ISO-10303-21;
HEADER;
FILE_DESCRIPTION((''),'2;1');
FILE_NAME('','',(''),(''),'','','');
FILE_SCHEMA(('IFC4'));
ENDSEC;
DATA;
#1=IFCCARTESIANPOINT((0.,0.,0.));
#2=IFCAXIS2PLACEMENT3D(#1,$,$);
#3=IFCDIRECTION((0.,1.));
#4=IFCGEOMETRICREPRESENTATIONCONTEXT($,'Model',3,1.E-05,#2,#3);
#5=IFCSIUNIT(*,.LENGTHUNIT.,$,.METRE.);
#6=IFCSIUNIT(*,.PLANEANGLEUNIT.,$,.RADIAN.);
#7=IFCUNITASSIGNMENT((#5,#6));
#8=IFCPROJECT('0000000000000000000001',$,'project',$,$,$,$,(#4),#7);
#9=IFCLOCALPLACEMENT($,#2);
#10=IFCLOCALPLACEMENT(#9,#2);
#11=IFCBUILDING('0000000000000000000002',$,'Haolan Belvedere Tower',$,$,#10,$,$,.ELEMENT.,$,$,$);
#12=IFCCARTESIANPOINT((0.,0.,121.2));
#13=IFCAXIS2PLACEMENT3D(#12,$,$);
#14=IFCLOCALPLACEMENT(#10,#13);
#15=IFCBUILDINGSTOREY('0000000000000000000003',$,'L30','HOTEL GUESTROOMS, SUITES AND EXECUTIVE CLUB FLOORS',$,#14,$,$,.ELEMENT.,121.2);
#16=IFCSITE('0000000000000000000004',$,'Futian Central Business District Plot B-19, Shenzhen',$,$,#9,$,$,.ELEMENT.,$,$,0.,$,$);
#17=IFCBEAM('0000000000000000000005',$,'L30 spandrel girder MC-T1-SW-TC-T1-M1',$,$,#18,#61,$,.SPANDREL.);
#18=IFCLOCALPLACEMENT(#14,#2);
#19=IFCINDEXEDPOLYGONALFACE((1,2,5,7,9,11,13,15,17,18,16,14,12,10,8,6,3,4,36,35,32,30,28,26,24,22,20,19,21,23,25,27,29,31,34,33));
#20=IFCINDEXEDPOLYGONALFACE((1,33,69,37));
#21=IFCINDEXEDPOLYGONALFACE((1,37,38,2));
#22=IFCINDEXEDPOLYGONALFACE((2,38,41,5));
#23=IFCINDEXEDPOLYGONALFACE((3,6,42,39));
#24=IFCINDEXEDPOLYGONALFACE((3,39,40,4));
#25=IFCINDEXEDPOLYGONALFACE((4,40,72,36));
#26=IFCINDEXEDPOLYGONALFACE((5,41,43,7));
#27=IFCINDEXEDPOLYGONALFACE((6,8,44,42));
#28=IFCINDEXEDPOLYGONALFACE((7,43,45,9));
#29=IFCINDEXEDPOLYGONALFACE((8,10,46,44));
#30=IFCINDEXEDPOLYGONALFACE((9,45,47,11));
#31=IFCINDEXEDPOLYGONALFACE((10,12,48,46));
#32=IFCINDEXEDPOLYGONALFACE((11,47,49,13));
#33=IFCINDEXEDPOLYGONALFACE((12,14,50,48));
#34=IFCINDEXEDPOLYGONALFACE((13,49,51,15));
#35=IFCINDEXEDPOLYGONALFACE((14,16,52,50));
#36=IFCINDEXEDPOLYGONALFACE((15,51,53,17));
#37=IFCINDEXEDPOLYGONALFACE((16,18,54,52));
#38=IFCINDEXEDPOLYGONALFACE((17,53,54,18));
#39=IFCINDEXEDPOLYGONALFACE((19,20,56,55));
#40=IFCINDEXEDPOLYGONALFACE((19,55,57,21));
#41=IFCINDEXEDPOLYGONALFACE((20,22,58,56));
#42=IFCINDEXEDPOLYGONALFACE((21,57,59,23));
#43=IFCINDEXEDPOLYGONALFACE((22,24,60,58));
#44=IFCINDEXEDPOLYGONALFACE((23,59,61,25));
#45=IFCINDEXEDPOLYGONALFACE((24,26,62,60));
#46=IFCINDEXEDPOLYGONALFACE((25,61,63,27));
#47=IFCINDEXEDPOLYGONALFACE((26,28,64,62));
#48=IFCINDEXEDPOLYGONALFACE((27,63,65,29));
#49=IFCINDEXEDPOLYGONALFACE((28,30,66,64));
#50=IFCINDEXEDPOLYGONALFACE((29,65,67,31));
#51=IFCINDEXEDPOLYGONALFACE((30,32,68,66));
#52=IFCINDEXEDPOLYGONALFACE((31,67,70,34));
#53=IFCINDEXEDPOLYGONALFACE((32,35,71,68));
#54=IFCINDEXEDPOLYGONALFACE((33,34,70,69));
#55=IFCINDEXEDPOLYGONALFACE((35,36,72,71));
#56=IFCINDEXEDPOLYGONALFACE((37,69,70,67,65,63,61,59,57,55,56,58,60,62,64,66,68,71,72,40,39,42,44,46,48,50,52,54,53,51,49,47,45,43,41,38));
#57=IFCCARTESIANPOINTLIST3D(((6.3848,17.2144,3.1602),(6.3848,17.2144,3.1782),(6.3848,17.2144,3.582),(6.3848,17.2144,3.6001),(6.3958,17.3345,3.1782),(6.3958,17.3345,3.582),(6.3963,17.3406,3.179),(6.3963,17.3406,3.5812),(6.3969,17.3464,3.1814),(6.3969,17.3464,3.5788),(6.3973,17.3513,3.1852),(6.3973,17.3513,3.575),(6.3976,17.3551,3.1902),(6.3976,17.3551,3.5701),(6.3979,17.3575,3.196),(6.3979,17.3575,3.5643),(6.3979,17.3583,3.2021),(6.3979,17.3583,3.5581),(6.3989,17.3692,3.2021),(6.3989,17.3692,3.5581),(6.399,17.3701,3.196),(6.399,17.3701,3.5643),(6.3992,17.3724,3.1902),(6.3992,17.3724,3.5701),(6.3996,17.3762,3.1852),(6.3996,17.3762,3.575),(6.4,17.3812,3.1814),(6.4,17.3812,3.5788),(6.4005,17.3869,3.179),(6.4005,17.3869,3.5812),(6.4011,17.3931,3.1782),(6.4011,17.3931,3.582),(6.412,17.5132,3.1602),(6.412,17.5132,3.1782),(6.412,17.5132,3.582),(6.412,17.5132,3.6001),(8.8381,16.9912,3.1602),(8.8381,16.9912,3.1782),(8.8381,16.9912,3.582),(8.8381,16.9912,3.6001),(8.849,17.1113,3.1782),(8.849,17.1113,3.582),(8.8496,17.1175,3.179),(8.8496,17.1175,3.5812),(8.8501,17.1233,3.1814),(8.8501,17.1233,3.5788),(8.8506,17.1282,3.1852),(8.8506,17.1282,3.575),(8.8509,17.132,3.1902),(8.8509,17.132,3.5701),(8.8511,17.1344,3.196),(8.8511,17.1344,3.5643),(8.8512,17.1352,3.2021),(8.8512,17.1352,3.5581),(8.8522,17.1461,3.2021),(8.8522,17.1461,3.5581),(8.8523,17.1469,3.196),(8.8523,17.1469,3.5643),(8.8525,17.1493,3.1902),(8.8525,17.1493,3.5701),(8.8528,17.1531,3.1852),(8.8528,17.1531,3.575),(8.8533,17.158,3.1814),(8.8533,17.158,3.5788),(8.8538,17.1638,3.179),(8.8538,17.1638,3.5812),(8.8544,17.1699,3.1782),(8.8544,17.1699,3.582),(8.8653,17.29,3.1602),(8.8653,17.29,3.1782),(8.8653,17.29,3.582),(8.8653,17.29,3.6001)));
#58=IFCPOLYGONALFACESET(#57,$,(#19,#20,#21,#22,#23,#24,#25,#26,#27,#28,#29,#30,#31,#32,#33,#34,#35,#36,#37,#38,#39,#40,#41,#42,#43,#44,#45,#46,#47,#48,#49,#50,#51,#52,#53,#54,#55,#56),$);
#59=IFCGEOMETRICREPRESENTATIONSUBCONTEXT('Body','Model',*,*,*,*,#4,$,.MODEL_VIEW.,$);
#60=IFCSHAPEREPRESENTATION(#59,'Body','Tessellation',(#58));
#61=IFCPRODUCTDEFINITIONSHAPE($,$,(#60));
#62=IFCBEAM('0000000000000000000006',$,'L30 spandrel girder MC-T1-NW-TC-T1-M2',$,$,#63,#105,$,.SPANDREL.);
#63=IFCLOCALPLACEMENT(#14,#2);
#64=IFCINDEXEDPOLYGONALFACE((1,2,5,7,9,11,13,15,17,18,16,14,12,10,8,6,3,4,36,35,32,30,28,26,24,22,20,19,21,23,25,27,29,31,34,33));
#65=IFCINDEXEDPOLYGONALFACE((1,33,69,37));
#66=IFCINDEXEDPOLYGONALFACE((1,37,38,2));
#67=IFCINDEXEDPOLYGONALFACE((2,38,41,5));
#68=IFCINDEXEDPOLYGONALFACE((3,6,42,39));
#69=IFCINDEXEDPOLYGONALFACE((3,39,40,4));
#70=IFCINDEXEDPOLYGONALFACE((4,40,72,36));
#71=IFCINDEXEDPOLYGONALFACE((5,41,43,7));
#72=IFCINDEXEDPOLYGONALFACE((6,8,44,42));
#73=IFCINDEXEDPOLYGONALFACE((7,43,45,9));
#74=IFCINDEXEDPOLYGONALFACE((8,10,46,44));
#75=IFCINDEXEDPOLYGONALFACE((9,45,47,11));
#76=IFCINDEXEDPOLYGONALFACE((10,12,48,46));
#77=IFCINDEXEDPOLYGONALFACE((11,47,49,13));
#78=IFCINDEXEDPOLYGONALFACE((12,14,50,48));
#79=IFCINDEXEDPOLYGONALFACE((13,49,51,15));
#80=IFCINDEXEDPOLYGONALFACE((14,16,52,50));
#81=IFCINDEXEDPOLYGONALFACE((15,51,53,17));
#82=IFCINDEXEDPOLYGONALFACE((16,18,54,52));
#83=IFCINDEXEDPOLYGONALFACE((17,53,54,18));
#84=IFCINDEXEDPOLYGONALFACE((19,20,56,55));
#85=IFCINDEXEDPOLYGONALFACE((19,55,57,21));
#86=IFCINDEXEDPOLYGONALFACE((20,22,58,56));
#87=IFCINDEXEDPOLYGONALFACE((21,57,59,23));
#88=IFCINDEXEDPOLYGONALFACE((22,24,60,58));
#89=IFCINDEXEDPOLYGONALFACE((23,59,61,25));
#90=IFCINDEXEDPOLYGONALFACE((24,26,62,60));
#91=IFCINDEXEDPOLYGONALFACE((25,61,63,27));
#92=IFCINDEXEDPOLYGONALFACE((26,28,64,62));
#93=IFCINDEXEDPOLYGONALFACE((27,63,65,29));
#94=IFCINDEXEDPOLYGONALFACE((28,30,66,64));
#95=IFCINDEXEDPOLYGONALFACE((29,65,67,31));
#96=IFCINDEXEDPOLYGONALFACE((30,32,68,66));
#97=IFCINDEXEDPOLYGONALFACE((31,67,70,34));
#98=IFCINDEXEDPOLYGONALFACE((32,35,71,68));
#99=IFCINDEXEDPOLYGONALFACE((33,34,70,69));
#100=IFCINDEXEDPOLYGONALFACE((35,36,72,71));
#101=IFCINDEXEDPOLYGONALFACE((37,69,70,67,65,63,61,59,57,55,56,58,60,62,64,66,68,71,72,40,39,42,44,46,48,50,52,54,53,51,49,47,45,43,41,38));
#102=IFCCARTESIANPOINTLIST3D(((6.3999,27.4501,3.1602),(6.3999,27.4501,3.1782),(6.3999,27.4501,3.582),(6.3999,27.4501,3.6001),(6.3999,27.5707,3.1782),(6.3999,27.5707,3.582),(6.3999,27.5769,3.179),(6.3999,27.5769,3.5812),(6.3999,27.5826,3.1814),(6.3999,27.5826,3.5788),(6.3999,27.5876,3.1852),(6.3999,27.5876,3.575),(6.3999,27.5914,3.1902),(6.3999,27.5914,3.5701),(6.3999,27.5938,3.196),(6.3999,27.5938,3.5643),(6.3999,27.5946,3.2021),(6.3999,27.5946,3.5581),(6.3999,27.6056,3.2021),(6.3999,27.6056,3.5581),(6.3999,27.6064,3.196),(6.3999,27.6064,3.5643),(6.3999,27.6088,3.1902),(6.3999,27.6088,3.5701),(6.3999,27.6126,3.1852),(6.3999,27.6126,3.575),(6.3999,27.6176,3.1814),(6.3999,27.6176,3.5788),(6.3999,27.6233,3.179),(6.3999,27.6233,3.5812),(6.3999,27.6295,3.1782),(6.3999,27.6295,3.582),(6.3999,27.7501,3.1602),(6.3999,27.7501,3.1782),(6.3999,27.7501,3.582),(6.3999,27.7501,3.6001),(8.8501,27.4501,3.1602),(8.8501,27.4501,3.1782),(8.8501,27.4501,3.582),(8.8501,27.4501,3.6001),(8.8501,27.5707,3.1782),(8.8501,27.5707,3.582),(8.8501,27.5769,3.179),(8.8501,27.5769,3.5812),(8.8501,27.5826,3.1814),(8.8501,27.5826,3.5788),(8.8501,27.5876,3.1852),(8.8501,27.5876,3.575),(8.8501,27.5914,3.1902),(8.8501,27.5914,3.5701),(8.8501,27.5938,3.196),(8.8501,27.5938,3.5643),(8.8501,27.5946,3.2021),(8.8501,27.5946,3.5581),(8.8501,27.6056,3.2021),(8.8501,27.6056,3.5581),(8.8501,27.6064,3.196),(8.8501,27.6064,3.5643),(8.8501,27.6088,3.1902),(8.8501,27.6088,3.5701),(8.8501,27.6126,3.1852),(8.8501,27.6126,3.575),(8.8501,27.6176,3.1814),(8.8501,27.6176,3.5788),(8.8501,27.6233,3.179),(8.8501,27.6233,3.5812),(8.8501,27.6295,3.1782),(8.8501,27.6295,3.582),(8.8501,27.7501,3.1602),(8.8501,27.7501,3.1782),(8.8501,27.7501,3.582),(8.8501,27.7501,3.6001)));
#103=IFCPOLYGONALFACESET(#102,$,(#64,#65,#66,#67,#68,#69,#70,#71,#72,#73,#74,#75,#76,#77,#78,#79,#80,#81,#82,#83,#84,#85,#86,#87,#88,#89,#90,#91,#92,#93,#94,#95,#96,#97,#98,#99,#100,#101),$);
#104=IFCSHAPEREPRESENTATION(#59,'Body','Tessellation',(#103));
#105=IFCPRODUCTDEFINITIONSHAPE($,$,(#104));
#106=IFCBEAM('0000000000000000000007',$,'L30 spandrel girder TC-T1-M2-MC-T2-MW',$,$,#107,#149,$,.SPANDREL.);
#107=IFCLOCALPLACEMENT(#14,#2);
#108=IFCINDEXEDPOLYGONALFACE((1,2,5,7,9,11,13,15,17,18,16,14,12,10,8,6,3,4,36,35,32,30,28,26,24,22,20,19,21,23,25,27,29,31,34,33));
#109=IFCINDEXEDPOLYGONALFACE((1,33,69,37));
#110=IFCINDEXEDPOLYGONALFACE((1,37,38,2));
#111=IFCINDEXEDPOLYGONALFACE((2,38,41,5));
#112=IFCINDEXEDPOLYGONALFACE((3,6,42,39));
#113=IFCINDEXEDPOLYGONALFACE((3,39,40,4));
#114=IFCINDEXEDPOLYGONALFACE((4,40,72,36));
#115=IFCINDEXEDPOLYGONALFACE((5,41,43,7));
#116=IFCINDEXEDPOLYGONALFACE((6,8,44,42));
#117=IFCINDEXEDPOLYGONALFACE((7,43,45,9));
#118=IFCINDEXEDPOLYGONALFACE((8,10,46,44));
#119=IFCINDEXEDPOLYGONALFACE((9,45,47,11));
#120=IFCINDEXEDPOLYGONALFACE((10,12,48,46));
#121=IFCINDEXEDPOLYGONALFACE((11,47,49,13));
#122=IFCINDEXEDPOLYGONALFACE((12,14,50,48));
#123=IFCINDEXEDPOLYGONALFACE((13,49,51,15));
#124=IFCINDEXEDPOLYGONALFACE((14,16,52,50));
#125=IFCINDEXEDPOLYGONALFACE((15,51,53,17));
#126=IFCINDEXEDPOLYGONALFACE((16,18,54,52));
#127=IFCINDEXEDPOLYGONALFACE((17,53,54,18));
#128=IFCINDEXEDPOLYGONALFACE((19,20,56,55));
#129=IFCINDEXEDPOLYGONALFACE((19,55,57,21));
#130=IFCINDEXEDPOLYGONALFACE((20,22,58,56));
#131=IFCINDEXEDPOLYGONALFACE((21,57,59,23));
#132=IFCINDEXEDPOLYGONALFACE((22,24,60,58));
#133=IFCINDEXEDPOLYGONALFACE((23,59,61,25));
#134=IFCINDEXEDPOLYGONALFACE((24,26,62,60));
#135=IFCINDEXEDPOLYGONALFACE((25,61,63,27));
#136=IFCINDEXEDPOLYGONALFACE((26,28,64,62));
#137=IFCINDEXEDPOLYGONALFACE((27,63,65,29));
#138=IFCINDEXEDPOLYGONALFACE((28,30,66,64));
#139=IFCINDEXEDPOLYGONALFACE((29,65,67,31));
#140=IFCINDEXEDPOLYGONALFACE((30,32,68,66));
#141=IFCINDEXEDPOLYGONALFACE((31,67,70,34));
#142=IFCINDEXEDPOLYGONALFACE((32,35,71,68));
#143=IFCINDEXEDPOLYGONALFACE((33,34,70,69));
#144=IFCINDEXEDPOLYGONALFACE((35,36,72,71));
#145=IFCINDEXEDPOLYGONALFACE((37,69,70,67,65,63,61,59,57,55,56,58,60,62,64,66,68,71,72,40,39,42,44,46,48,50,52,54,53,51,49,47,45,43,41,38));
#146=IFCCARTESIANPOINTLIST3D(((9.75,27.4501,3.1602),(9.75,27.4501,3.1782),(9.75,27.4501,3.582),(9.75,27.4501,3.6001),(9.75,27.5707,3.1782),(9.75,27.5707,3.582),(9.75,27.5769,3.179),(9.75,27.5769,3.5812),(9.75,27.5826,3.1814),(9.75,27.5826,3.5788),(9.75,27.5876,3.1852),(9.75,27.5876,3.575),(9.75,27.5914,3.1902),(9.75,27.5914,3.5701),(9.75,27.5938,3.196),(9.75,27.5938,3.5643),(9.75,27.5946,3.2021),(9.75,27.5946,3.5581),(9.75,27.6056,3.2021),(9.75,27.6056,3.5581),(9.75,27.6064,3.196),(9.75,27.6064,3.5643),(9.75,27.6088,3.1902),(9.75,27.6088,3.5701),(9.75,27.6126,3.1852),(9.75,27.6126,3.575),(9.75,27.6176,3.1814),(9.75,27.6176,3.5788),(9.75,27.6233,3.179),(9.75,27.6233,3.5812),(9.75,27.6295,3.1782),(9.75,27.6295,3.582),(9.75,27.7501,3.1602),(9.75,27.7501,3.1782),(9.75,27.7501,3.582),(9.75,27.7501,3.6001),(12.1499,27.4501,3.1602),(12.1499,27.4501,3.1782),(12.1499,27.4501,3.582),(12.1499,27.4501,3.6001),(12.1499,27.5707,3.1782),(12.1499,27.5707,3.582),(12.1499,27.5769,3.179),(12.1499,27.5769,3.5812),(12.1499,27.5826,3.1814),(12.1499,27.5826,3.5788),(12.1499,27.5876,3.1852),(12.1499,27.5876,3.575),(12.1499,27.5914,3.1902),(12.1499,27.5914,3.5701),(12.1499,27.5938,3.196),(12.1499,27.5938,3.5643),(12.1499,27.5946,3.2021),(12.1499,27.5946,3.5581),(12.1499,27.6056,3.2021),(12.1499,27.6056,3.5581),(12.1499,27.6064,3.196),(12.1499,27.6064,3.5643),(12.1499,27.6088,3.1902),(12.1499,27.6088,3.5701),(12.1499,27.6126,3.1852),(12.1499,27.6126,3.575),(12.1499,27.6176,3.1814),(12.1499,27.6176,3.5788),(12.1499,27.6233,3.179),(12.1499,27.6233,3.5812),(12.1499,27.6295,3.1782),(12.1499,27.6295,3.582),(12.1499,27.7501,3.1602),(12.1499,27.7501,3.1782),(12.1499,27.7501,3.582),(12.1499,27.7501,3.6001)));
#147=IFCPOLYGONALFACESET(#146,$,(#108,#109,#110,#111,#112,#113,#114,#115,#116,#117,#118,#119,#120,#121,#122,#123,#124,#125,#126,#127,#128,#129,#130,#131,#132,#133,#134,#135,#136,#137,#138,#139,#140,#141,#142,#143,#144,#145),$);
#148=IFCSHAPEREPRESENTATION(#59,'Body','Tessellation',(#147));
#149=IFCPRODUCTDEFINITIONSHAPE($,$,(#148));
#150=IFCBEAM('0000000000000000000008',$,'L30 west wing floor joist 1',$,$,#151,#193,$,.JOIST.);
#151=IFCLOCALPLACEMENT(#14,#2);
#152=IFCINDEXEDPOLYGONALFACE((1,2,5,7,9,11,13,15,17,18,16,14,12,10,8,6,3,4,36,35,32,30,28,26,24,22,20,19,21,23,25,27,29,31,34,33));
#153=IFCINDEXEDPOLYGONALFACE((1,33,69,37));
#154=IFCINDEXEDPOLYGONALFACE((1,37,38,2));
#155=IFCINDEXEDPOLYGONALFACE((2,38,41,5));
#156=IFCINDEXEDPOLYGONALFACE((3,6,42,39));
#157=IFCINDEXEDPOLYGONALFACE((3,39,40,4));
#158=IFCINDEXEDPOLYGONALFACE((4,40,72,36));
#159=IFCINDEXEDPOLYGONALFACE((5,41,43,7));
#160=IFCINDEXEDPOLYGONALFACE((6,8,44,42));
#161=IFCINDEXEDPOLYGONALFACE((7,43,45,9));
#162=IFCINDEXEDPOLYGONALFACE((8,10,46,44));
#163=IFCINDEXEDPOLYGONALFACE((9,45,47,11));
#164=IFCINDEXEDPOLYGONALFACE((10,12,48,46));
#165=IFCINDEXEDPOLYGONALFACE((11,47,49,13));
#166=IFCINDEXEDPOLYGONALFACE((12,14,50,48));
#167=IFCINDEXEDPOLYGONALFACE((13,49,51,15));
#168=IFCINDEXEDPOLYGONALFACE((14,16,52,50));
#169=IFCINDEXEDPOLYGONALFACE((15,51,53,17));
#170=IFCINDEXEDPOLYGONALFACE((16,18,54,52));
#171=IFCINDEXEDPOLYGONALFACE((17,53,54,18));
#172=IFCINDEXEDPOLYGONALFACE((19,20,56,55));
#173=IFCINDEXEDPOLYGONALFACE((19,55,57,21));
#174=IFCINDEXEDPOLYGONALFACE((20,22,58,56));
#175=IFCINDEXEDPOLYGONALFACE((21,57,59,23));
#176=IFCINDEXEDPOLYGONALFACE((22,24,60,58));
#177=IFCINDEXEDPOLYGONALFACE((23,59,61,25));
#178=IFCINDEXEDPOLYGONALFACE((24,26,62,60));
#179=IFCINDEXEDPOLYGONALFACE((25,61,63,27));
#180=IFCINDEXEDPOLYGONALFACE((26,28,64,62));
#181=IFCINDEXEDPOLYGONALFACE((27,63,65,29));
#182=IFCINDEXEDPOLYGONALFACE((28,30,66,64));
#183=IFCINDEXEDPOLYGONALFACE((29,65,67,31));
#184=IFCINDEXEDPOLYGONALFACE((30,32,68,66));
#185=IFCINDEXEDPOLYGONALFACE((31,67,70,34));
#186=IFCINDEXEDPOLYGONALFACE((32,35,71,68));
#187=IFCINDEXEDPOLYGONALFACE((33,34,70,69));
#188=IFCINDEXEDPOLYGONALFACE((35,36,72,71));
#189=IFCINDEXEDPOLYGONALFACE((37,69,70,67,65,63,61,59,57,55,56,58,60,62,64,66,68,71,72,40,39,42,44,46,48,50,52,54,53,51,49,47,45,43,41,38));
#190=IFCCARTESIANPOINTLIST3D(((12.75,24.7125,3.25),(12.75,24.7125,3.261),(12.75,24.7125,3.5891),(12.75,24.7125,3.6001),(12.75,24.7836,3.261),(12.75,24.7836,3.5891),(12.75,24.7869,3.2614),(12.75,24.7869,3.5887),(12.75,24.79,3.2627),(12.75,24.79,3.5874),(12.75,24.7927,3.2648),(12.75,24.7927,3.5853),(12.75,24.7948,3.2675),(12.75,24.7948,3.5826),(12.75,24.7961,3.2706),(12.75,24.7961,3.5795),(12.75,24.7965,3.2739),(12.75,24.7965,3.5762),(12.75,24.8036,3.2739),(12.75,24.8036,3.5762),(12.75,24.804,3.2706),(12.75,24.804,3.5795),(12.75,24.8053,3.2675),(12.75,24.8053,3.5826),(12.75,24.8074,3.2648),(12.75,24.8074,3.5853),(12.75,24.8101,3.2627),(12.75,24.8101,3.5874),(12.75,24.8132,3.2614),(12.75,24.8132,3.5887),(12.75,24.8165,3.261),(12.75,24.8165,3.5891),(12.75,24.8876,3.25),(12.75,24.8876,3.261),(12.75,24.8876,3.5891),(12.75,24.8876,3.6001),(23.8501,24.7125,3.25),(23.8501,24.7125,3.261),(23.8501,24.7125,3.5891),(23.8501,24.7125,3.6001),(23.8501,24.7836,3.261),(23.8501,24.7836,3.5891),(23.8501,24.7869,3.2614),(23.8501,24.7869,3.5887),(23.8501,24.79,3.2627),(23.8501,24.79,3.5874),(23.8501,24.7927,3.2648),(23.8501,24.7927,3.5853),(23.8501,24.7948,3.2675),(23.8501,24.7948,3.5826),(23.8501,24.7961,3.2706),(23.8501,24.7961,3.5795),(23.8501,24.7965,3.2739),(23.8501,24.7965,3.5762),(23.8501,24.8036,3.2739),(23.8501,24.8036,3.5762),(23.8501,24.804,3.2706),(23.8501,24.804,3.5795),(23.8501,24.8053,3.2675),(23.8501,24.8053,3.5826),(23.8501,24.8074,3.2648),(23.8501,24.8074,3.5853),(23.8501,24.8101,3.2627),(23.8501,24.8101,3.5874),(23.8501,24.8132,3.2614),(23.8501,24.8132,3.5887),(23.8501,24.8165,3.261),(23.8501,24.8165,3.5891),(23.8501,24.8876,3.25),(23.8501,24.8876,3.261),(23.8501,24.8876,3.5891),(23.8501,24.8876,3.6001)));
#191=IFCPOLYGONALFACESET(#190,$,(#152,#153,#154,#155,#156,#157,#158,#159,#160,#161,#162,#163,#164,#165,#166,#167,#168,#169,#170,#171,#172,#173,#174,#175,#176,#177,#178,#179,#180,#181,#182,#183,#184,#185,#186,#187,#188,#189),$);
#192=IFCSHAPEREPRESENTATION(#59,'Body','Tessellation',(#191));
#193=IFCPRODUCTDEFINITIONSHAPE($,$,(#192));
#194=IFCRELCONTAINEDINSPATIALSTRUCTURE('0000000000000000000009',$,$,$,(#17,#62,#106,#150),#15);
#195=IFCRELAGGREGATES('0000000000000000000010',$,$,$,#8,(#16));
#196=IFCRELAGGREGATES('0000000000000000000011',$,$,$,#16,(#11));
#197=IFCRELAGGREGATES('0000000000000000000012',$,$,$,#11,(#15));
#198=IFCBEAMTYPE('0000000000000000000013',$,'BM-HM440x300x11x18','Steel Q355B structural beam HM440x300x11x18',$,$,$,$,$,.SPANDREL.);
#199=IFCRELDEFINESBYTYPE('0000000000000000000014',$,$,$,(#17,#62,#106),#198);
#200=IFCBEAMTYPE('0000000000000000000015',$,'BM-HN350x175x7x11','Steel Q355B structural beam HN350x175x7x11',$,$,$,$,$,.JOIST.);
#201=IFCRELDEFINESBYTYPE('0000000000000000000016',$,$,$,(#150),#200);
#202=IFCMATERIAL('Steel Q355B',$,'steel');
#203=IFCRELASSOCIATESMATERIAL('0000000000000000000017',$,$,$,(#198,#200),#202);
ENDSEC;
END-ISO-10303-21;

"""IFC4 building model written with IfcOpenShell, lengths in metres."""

from ifc_helpers import new_model, si_unit, direction, frame, origin, origin_2d, place, context, subcontext, project, spatial, i_section, extrude, material, material_profile, profile_set, type_object, element, save


model = new_model("IFC4")

# Units and contexts
model_context = context("Model", 3, precision=1e-05, world=origin(), true_north=direction((0.0, 1.0)))
body_context = subcontext(model_context, "Body", "Model", "MODEL_VIEW")
ifc_project = project(units=[si_unit("LENGTHUNIT", "METRE"), si_unit("PLANEANGLEUNIT", "RADIAN")], contexts=[model_context])

# Site, building, storey
site_placement = place(None, origin())
site = spatial("IfcSite", under=ifc_project, at=site_placement, Name="Futian Central Business District Plot B-19, Shenzhen", CompositionType="ELEMENT", RefElevation=0.0)
building_placement = place(site_placement, origin())
building = spatial("IfcBuilding", under=site, at=building_placement, Name="Haolan Belvedere Tower", CompositionType="ELEMENT")
storey_placement = place(building_placement, frame((0.0, 0.0, 121.2)))
storey = spatial("IfcBuildingStorey", under=building, at=storey_placement, Name="L30", Description="HOTEL GUESTROOMS, SUITES AND EXECUTIVE CLUB FLOORS", CompositionType="ELEMENT", Elevation=121.2)

# Beams
ifc_material_1 = material(Name="Steel Q355B", Category="steel")
ifc_material_profile_1 = material_profile(ifc_material_1, i_section(OverallWidth=0.3, OverallDepth=0.4399, WebThickness=0.011, FlangeThickness=0.0181, FilletRadius=0.0239, at=origin_2d()), Name="Steel Q355B")
ifc_profile_set_1 = profile_set([ifc_material_profile_1], Name="Steel Q355B")
beam_type_1 = type_object("IfcBeamType", Name="BM-HM440x300x11x18", Description="Steel Q355B structural beam HM440x300x11x18", PredefinedType="SPANDREL", material=ifc_profile_set_1)
beam_1_placement = place(storey_placement, frame((6.3984, 17.3638, 3.3801), z_axis=(0.995889, -0.09058, 0.0), x_axis=(0.09058, 0.995889, 0.0)))
element("IfcBeam", 1, at=beam_1_placement, inside=storey, type_object=beam_type_1, Name="L30 spandrel girder MC-T1-SW-TC-T1-M1", PredefinedType="SPANDREL", context=body_context, shape_type="SweptSolid", body=[
    extrude(i_section(OverallWidth=0.3, OverallDepth=0.4399, WebThickness=0.011, FlangeThickness=0.0181, FilletRadius=0.0239, at=origin_2d()), origin(), (0.0, 0.0, 1.0), 2.4634),
])
beam_2_placement = place(storey_placement, frame((6.3999, 27.6001, 3.3801), z_axis=(1.0, 0.0, 0.0), x_axis=(0.0, 1.0, 0.0)))
element("IfcBeam", 2, at=beam_2_placement, inside=storey, type_object=beam_type_1, Name="L30 spandrel girder MC-T1-NW-TC-T1-M2", PredefinedType="SPANDREL", context=body_context, shape_type="SweptSolid", body=[
    extrude(i_section(OverallWidth=0.3, OverallDepth=0.4399, WebThickness=0.011, FlangeThickness=0.0181, FilletRadius=0.0239, at=origin_2d()), origin(), (0.0, 0.0, 1.0), 2.4502),
])
beam_3_placement = place(storey_placement, frame((9.75, 27.6001, 3.3801), z_axis=(1.0, 0.0, 0.0), x_axis=(0.0, 1.0, 0.0)))
element("IfcBeam", 3, at=beam_3_placement, inside=storey, type_object=beam_type_1, Name="L30 spandrel girder TC-T1-M2-MC-T2-MW", PredefinedType="SPANDREL", context=body_context, shape_type="SweptSolid", body=[
    extrude(i_section(OverallWidth=0.3, OverallDepth=0.4399, WebThickness=0.011, FlangeThickness=0.0181, FilletRadius=0.0239, at=origin_2d()), origin(), (0.0, 0.0, 1.0), 2.3999),
])
ifc_material_profile_2 = material_profile(ifc_material_1, i_section(OverallWidth=0.175, OverallDepth=0.3501, WebThickness=0.0071, FlangeThickness=0.011, FilletRadius=0.0129, at=origin_2d()), Name="Steel Q355B")
ifc_profile_set_2 = profile_set([ifc_material_profile_2], Name="Steel Q355B")
beam_type_2 = type_object("IfcBeamType", Name="BM-HN350x175x7x11", Description="Steel Q355B structural beam HN350x175x7x11", PredefinedType="JOIST", material=ifc_profile_set_2)
beam_4_placement = place(storey_placement, frame((12.75, 24.8, 3.425), z_axis=(1.0, 0.0, 0.0), x_axis=(0.0, 1.0, 0.0)))
element("IfcBeam", 4, at=beam_4_placement, inside=storey, type_object=beam_type_2, Name="L30 west wing floor joist 1", PredefinedType="JOIST", context=body_context, shape_type="SweptSolid", body=[
    extrude(i_section(OverallWidth=0.175, OverallDepth=0.3501, WebThickness=0.0071, FlangeThickness=0.011, FilletRadius=0.0129, at=origin_2d()), origin(), (0.0, 0.0, 1.0), 11.1001),
])

save(model, "model.ifc")
